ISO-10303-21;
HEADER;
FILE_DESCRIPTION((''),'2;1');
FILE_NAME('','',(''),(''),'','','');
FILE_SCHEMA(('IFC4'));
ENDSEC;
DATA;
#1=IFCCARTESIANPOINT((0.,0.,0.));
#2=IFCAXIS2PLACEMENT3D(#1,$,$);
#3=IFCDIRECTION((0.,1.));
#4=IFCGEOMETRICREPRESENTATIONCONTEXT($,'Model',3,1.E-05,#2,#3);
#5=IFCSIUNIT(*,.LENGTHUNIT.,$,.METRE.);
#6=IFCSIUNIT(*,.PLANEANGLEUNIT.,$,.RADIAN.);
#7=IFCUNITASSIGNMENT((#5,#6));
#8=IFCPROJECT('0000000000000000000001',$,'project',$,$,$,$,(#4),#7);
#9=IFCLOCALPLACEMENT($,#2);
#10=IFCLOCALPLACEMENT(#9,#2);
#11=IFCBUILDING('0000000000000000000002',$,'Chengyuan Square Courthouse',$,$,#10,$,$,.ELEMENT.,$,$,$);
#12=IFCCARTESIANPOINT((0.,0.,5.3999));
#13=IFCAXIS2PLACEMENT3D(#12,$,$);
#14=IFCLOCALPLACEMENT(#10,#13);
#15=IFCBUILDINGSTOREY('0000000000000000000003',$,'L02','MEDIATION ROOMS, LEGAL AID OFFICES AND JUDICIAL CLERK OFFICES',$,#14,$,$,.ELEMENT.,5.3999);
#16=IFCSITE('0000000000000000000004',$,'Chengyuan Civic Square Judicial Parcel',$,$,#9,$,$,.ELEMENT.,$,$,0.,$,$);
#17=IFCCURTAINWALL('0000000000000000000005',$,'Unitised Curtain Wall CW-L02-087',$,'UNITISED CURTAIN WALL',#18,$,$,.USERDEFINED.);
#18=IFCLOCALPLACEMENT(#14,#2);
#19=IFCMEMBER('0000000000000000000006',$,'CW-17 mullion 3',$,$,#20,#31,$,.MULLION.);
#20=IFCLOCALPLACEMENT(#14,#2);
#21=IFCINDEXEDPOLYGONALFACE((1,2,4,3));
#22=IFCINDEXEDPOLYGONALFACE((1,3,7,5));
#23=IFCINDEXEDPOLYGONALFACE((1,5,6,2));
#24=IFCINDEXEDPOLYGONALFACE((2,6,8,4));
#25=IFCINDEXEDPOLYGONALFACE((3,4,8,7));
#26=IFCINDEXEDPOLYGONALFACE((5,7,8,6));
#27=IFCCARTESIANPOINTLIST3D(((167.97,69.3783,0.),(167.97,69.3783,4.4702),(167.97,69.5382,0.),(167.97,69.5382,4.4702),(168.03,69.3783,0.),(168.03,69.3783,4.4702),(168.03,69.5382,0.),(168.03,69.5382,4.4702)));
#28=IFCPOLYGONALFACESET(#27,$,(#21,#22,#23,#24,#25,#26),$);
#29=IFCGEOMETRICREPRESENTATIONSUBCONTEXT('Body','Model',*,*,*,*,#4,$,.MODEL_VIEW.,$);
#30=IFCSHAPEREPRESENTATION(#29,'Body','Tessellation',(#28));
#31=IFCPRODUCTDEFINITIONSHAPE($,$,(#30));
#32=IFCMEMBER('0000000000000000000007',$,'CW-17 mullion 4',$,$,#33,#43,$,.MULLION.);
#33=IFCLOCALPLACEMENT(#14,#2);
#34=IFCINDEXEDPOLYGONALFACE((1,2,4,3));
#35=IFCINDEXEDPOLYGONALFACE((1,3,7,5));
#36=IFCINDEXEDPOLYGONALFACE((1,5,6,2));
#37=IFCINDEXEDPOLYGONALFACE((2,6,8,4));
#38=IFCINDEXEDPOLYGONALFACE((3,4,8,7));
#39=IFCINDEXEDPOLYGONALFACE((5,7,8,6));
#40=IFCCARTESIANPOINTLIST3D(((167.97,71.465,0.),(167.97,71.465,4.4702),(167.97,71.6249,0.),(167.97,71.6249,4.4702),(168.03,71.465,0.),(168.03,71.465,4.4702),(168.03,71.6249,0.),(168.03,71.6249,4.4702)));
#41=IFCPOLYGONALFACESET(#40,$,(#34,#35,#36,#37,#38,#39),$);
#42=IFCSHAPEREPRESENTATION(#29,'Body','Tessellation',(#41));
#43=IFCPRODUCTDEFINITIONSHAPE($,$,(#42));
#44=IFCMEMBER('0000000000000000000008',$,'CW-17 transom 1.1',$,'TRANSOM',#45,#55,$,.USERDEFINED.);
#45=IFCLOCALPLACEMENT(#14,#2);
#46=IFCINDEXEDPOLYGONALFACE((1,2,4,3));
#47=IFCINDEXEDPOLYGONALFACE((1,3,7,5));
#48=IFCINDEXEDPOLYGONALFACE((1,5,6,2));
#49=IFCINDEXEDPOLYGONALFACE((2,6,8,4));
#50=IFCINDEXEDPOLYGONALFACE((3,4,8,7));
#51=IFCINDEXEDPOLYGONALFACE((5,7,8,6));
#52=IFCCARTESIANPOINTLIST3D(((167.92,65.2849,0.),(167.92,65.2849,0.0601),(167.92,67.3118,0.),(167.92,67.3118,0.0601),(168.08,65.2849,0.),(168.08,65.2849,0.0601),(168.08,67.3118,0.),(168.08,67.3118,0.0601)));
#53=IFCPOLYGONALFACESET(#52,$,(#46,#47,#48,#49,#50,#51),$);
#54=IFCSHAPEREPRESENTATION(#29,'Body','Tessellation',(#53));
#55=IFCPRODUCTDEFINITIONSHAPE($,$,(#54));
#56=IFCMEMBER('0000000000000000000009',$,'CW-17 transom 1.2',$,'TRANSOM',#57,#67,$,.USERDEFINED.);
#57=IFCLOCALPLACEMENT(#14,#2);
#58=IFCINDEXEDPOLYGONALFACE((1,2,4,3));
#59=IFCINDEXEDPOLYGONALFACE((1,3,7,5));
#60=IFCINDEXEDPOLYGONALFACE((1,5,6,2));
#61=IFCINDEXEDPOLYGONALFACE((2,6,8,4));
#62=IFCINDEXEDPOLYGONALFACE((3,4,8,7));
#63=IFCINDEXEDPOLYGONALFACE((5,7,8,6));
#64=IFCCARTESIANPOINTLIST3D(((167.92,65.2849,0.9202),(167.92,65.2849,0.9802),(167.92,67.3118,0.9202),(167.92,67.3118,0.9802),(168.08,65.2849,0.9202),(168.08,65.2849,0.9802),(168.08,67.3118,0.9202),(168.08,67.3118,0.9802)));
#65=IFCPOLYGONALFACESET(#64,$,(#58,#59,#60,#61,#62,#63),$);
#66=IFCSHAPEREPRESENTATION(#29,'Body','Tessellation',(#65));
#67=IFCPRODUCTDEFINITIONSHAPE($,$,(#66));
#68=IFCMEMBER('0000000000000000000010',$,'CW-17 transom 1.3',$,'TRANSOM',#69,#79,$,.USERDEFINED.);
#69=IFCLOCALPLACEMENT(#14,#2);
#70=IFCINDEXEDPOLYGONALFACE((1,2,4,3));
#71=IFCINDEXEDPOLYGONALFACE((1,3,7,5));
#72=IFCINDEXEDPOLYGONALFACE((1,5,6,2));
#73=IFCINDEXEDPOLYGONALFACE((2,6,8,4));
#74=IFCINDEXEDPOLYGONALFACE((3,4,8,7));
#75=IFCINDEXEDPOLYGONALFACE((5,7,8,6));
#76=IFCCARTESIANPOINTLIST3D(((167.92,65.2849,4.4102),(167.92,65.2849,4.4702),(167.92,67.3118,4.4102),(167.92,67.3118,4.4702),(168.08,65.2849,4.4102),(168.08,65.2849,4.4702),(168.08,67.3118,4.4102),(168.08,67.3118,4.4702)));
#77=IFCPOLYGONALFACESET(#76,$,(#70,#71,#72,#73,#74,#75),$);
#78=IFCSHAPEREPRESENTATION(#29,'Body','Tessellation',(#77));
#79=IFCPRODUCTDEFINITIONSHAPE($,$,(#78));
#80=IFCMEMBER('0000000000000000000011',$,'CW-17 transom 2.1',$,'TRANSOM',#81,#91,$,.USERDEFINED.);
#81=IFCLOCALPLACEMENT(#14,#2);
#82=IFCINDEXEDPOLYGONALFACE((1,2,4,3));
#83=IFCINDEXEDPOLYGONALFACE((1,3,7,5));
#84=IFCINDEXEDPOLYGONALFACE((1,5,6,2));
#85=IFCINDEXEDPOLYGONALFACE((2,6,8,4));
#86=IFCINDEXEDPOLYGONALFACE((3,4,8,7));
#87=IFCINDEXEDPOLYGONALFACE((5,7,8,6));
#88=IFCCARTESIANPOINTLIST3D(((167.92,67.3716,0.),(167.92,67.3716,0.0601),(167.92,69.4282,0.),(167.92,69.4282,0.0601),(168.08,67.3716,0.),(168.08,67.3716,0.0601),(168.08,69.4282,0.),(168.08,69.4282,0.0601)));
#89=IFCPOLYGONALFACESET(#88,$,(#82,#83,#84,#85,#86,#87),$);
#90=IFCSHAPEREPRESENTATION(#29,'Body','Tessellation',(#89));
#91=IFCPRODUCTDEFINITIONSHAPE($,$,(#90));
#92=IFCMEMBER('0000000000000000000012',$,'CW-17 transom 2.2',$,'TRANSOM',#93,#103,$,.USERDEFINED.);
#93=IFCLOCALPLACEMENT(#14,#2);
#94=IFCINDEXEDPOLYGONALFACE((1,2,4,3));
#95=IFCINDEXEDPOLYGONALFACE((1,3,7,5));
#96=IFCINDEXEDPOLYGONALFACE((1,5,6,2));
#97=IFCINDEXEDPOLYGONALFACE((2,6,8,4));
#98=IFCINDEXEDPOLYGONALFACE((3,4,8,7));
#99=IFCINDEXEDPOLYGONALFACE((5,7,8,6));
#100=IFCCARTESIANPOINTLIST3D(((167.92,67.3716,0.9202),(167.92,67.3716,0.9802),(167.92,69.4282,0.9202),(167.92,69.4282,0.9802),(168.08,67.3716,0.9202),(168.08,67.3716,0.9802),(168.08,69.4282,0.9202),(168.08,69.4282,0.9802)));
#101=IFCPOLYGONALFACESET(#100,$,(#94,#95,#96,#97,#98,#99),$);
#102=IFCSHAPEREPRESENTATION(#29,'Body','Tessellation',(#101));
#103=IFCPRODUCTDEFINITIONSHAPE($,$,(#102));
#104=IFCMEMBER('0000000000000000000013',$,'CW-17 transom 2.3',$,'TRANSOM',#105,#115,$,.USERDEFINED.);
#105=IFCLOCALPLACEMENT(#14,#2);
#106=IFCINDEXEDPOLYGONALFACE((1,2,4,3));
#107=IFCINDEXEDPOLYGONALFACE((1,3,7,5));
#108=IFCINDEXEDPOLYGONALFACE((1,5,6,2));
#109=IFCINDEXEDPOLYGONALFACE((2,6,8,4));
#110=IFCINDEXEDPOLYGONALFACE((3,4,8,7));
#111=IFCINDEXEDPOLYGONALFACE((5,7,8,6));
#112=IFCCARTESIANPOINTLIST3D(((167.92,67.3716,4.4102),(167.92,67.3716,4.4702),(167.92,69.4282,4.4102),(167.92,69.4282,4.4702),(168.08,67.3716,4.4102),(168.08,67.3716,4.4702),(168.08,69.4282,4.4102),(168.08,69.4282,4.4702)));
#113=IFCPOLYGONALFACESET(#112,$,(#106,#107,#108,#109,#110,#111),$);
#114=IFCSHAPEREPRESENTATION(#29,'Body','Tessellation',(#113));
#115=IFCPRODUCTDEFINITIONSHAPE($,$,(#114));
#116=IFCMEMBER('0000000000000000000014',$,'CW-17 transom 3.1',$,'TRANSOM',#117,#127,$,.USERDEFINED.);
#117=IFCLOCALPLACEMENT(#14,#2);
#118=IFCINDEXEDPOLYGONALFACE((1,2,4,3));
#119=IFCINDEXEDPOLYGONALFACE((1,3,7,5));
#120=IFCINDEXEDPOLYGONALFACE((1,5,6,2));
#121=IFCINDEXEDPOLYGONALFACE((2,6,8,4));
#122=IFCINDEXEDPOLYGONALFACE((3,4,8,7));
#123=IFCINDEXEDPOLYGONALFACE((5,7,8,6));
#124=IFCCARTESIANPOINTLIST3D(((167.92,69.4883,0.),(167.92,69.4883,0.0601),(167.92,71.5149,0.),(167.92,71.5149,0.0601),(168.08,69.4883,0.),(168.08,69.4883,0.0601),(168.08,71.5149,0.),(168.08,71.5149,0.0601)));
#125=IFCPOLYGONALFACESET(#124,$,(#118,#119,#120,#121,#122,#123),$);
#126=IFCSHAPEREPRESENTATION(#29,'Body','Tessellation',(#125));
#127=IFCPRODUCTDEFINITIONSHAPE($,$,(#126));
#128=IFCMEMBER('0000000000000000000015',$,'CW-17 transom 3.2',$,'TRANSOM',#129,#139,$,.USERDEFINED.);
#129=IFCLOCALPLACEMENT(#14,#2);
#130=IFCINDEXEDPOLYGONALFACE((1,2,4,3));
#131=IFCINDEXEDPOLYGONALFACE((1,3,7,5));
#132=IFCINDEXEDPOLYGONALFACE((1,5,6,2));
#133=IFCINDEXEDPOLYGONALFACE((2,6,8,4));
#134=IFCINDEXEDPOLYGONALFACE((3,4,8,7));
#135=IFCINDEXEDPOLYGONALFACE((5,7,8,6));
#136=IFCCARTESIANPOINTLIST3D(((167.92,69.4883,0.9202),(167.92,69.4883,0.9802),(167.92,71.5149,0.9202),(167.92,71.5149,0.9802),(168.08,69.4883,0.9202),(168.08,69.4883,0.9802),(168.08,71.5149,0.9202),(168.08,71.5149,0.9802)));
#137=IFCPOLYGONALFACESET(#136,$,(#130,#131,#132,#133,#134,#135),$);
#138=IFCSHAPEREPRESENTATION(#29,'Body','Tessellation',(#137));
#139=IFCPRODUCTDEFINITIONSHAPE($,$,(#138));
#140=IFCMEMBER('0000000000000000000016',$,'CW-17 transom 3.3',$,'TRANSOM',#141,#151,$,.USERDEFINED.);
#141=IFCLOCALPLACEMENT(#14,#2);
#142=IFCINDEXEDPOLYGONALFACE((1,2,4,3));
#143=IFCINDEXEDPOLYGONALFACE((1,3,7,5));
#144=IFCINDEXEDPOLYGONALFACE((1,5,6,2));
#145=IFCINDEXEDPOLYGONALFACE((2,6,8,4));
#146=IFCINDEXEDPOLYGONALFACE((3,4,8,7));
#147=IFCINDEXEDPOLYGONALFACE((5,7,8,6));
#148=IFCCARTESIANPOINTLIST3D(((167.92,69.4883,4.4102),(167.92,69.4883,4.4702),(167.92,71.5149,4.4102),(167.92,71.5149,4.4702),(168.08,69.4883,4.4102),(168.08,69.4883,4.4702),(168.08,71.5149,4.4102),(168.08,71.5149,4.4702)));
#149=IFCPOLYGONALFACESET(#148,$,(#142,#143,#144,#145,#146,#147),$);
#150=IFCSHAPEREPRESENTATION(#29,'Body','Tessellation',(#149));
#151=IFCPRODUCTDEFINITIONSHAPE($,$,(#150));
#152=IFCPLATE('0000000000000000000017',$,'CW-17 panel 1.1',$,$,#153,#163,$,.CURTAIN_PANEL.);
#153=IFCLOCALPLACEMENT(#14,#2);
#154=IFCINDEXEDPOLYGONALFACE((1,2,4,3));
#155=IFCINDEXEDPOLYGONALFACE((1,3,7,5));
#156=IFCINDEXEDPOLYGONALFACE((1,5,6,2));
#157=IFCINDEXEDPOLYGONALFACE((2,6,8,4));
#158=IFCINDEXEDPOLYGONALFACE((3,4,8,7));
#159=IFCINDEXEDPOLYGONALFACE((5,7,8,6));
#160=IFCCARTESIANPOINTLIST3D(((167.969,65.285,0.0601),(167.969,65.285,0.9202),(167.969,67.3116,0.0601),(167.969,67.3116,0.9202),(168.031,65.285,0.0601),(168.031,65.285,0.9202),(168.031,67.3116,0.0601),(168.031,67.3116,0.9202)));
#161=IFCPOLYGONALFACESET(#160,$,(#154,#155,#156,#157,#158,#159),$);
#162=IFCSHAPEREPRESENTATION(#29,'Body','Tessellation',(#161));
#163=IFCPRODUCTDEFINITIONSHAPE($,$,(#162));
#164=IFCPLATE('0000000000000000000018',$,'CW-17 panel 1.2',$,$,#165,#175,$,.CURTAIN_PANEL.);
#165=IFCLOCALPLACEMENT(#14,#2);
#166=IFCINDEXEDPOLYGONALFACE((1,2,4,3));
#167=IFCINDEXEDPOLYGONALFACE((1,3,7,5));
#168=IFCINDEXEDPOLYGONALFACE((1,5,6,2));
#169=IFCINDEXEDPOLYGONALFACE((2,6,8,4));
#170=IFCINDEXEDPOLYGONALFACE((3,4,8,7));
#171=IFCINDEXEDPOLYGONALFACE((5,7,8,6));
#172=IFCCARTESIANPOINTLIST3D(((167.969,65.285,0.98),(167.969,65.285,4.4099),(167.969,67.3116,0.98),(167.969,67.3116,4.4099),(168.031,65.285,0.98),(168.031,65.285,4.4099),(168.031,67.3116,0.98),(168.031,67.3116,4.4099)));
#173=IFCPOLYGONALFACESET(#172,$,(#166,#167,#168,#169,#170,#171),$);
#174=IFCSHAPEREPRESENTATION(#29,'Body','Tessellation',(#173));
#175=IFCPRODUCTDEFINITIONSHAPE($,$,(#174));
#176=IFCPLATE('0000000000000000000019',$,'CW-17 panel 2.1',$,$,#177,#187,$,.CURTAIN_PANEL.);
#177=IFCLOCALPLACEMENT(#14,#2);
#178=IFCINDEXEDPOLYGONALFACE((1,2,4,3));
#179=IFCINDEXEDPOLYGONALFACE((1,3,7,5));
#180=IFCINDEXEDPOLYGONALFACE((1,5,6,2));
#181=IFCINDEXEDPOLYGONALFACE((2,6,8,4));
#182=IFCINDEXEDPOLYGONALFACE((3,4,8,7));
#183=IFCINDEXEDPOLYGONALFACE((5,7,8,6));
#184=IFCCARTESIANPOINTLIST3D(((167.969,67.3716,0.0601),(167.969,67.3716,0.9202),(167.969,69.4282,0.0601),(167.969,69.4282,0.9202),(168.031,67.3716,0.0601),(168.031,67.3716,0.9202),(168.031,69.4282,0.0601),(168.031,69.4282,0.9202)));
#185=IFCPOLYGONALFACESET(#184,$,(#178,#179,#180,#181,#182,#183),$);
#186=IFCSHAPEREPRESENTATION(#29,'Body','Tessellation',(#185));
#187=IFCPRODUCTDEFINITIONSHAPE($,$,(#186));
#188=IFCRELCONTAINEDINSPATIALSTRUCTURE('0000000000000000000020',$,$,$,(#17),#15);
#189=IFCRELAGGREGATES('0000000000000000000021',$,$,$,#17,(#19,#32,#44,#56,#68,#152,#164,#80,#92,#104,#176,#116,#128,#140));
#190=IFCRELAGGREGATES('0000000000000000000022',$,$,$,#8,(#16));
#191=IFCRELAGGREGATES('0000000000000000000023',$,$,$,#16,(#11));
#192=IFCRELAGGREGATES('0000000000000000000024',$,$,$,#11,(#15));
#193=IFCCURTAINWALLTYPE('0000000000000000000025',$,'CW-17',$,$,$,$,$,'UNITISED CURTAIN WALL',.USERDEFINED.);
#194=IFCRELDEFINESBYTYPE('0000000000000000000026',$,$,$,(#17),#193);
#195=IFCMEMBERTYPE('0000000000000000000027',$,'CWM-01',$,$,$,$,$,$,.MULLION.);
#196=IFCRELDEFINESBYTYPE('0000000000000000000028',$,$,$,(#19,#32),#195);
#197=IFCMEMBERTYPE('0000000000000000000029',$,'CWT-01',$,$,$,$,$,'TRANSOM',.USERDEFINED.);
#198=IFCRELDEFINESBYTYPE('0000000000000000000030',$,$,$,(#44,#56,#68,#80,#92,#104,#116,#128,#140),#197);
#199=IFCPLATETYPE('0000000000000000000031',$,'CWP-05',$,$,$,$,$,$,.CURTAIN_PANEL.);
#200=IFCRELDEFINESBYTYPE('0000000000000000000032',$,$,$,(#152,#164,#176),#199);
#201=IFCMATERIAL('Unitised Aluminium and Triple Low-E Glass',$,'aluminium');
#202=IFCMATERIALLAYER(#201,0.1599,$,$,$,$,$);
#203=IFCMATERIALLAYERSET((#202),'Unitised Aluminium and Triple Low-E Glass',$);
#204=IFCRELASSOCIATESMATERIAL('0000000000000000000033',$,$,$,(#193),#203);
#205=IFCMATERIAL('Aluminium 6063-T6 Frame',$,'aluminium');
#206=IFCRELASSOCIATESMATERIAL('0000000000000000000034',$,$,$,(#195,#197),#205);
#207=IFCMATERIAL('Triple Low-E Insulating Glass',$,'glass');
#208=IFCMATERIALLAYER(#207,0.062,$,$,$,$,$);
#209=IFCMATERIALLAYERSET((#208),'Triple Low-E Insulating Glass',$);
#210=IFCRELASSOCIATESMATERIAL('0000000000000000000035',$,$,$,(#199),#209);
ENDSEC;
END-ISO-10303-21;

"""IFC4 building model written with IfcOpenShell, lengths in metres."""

from ifc_helpers import new_model, si_unit, direction, frame, origin, origin_2d, place, context, subcontext, project, spatial, rectangle, extrude, material, layer, layer_set, material_profile, profile_set, type_object, element, aggregate, save


model = new_model("IFC4")

# Units and contexts
model_context = context("Model", 3, precision=1e-05, world=origin(), true_north=direction((0.0, 1.0)))
body_context = subcontext(model_context, "Body", "Model", "MODEL_VIEW")
ifc_project = project(units=[si_unit("LENGTHUNIT", "METRE"), si_unit("PLANEANGLEUNIT", "RADIAN")], contexts=[model_context])

# Site, building, storey
site_placement = place(None, origin())
site = spatial("IfcSite", under=ifc_project, at=site_placement, Name="Chengyuan Civic Square Judicial Parcel", CompositionType="ELEMENT", RefElevation=0.0)
building_placement = place(site_placement, origin())
building = spatial("IfcBuilding", under=site, at=building_placement, Name="Chengyuan Square Courthouse", CompositionType="ELEMENT")
storey_placement = place(building_placement, frame((0.0, 0.0, 5.3999)))
storey = spatial("IfcBuildingStorey", under=building, at=storey_placement, Name="L02", Description="MEDIATION ROOMS, LEGAL AID OFFICES AND JUDICIAL CLERK OFFICES", CompositionType="ELEMENT", Elevation=5.3999)

# Curtain wall, members, plates
ifc_material_1 = material(Name="Unitised Aluminium and Triple Low-E Glass", Category="aluminium")
ifc_layer_1 = layer(ifc_material_1, 0.1599)
ifc_layer_set_1 = layer_set([ifc_layer_1], Name="Unitised Aluminium and Triple Low-E Glass")
curtain_wall_type = type_object("IfcCurtainWallType", Name="CW-17", ElementType="UNITISED CURTAIN WALL", PredefinedType="USERDEFINED", material=ifc_layer_set_1)
curtain_wall_placement = place(storey_placement, origin())
curtain_wall = element("IfcCurtainWall", 1, at=curtain_wall_placement, inside=storey, type_object=curtain_wall_type, Name="Unitised Curtain Wall CW-L02-087", ObjectType="UNITISED CURTAIN WALL", PredefinedType="USERDEFINED")
ifc_material_2 = material(Name="Aluminium 6063-T6 Frame", Category="aluminium")
ifc_material_profile_1 = material_profile(ifc_material_2, rectangle(XDim=0.0601, YDim=0.1599, at=origin_2d()), Name="CW-MUL-60x160")
ifc_profile_set_1 = profile_set([ifc_material_profile_1], Name="Aluminium 6063-T6 Frame")
member_type_1 = type_object("IfcMemberType", Name="CWM-01", PredefinedType="MULLION", material=ifc_profile_set_1)
member_1_placement = place(storey_placement, frame((168.0, 69.4583, 0.0), z_axis=(0.0, 0.0, 1.0), x_axis=(-1.0, 0.0, 0.0)))
member_1 = element("IfcMember", 2, at=member_1_placement, type_object=member_type_1, Name="CW-17 mullion 3", PredefinedType="MULLION", context=body_context, shape_type="SweptSolid", body=[
    extrude(rectangle(XDim=0.0601, YDim=0.1599, at=origin_2d()), origin(), (0.0, 0.0, 1.0), 4.4702),
])
member_2_placement = place(storey_placement, frame((168.0, 71.5449, 0.0), z_axis=(0.0, 0.0, 1.0), x_axis=(-1.0, 0.0, 0.0)))
member_2 = element("IfcMember", 3, at=member_2_placement, type_object=member_type_1, Name="CW-17 mullion 4", PredefinedType="MULLION", context=body_context, shape_type="SweptSolid", body=[
    extrude(rectangle(XDim=0.0601, YDim=0.1599, at=origin_2d()), origin(), (0.0, 0.0, 1.0), 4.4702),
])
ifc_material_profile_2 = material_profile(ifc_material_2, rectangle(XDim=0.1599, YDim=0.0601, at=origin_2d()), Name="CW-TRN-60x120")
ifc_profile_set_2 = profile_set([ifc_material_profile_2], Name="Aluminium 6063-T6 Frame")
member_type_2 = type_object("IfcMemberType", Name="CWT-01", ElementType="TRANSOM", PredefinedType="USERDEFINED", material=ifc_profile_set_2)
member_3_placement = place(storey_placement, frame((168.0, 65.2849, 0.03), z_axis=(0.0, 1.0, 0.0), x_axis=(-1.0, 0.0, 0.0)))
member_3 = element("IfcMember", 4, at=member_3_placement, type_object=member_type_2, Name="CW-17 transom 1.1", ObjectType="TRANSOM", PredefinedType="USERDEFINED", context=body_context, shape_type="SweptSolid", body=[
    extrude(rectangle(XDim=0.1599, YDim=0.0601, at=origin_2d()), origin(), (0.0, 0.0, 1.0), 2.0269),
])
member_4_placement = place(storey_placement, frame((168.0, 65.2849, 0.9502), z_axis=(0.0, 1.0, 0.0), x_axis=(-1.0, 0.0, 0.0)))
member_4 = element("IfcMember", 5, at=member_4_placement, type_object=member_type_2, Name="CW-17 transom 1.2", ObjectType="TRANSOM", PredefinedType="USERDEFINED", context=body_context, shape_type="SweptSolid", body=[
    extrude(rectangle(XDim=0.1599, YDim=0.0601, at=origin_2d()), origin(), (0.0, 0.0, 1.0), 2.0269),
])
member_5_placement = place(storey_placement, frame((168.0, 65.2849, 4.4402), z_axis=(0.0, 1.0, 0.0), x_axis=(-1.0, 0.0, 0.0)))
member_5 = element("IfcMember", 6, at=member_5_placement, type_object=member_type_2, Name="CW-17 transom 1.3", ObjectType="TRANSOM", PredefinedType="USERDEFINED", context=body_context, shape_type="SweptSolid", body=[
    extrude(rectangle(XDim=0.1599, YDim=0.0601, at=origin_2d()), origin(), (0.0, 0.0, 1.0), 2.0269),
])
member_6_placement = place(storey_placement, frame((168.0, 67.3716, 0.03), z_axis=(0.0, 1.0, 0.0), x_axis=(-1.0, 0.0, 0.0)))
member_6 = element("IfcMember", 7, at=member_6_placement, type_object=member_type_2, Name="CW-17 transom 2.1", ObjectType="TRANSOM", PredefinedType="USERDEFINED", context=body_context, shape_type="SweptSolid", body=[
    extrude(rectangle(XDim=0.1599, YDim=0.0601, at=origin_2d()), origin(), (0.0, 0.0, 1.0), 2.0566),
])
member_7_placement = place(storey_placement, frame((168.0, 67.3716, 0.9502), z_axis=(0.0, 1.0, 0.0), x_axis=(-1.0, 0.0, 0.0)))
member_7 = element("IfcMember", 8, at=member_7_placement, type_object=member_type_2, Name="CW-17 transom 2.2", ObjectType="TRANSOM", PredefinedType="USERDEFINED", context=body_context, shape_type="SweptSolid", body=[
    extrude(rectangle(XDim=0.1599, YDim=0.0601, at=origin_2d()), origin(), (0.0, 0.0, 1.0), 2.0566),
])
member_8_placement = place(storey_placement, frame((168.0, 67.3716, 4.4402), z_axis=(0.0, 1.0, 0.0), x_axis=(-1.0, 0.0, 0.0)))
member_8 = element("IfcMember", 9, at=member_8_placement, type_object=member_type_2, Name="CW-17 transom 2.3", ObjectType="TRANSOM", PredefinedType="USERDEFINED", context=body_context, shape_type="SweptSolid", body=[
    extrude(rectangle(XDim=0.1599, YDim=0.0601, at=origin_2d()), origin(), (0.0, 0.0, 1.0), 2.0566),
])
member_9_placement = place(storey_placement, frame((168.0, 69.4883, 0.03), z_axis=(0.0, 1.0, 0.0), x_axis=(-1.0, 0.0, 0.0)))
member_9 = element("IfcMember", 10, at=member_9_placement, type_object=member_type_2, Name="CW-17 transom 3.1", ObjectType="TRANSOM", PredefinedType="USERDEFINED", context=body_context, shape_type="SweptSolid", body=[
    extrude(rectangle(XDim=0.1599, YDim=0.0601, at=origin_2d()), origin(), (0.0, 0.0, 1.0), 2.0266),
])
member_10_placement = place(storey_placement, frame((168.0, 69.4883, 0.9502), z_axis=(0.0, 1.0, 0.0), x_axis=(-1.0, 0.0, 0.0)))
member_10 = element("IfcMember", 11, at=member_10_placement, type_object=member_type_2, Name="CW-17 transom 3.2", ObjectType="TRANSOM", PredefinedType="USERDEFINED", context=body_context, shape_type="SweptSolid", body=[
    extrude(rectangle(XDim=0.1599, YDim=0.0601, at=origin_2d()), origin(), (0.0, 0.0, 1.0), 2.0266),
])
member_11_placement = place(storey_placement, frame((168.0, 69.4883, 4.4402), z_axis=(0.0, 1.0, 0.0), x_axis=(-1.0, 0.0, 0.0)))
member_11 = element("IfcMember", 12, at=member_11_placement, type_object=member_type_2, Name="CW-17 transom 3.3", ObjectType="TRANSOM", PredefinedType="USERDEFINED", context=body_context, shape_type="SweptSolid", body=[
    extrude(rectangle(XDim=0.1599, YDim=0.0601, at=origin_2d()), origin(), (0.0, 0.0, 1.0), 2.0266),
])
ifc_material_3 = material(Name="Triple Low-E Insulating Glass", Category="glass")
ifc_layer_2 = layer(ifc_material_3, 0.062)
ifc_layer_set_2 = layer_set([ifc_layer_2], Name="Triple Low-E Insulating Glass")
plate_type = type_object("IfcPlateType", Name="CWP-05", PredefinedType="CURTAIN_PANEL", material=ifc_layer_set_2)
plate_1_placement = place(storey_placement, frame((168.0, 66.2983, 0.0601), z_axis=(0.0, 0.0, 1.0), x_axis=(0.0, 1.0, 0.0)))
plate_1 = element("IfcPlate", 13, at=plate_1_placement, type_object=plate_type, Name="CW-17 panel 1.1", PredefinedType="CURTAIN_PANEL", context=body_context, shape_type="SweptSolid", body=[
    extrude(rectangle(XDim=2.0266, YDim=0.062, at=origin_2d()), origin(), (0.0, 0.0, 1.0), 0.8601),
])
plate_2_placement = place(storey_placement, frame((168.0, 66.2983, 0.98), z_axis=(0.0, 0.0, 1.0), x_axis=(0.0, 1.0, 0.0)))
plate_2 = element("IfcPlate", 14, at=plate_2_placement, type_object=plate_type, Name="CW-17 panel 1.2", PredefinedType="CURTAIN_PANEL", context=body_context, shape_type="SweptSolid", body=[
    extrude(rectangle(XDim=2.0266, YDim=0.062, at=origin_2d()), origin(), (0.0, 0.0, 1.0), 3.4299),
])
plate_3_placement = place(storey_placement, frame((168.0, 68.3999, 0.0601), z_axis=(0.0, 0.0, 1.0), x_axis=(0.0, 1.0, 0.0)))
plate_3 = element("IfcPlate", 15, at=plate_3_placement, type_object=plate_type, Name="CW-17 panel 2.1", PredefinedType="CURTAIN_PANEL", context=body_context, shape_type="SweptSolid", body=[
    extrude(rectangle(XDim=2.0566, YDim=0.062, at=origin_2d()), origin(), (0.0, 0.0, 1.0), 0.8601),
])
aggregate(curtain_wall, [member_1, member_2, member_3, member_4, member_5, plate_1, plate_2, member_6, member_7, member_8, plate_3, member_9, member_10, member_11])

save(model, "model.ifc")
